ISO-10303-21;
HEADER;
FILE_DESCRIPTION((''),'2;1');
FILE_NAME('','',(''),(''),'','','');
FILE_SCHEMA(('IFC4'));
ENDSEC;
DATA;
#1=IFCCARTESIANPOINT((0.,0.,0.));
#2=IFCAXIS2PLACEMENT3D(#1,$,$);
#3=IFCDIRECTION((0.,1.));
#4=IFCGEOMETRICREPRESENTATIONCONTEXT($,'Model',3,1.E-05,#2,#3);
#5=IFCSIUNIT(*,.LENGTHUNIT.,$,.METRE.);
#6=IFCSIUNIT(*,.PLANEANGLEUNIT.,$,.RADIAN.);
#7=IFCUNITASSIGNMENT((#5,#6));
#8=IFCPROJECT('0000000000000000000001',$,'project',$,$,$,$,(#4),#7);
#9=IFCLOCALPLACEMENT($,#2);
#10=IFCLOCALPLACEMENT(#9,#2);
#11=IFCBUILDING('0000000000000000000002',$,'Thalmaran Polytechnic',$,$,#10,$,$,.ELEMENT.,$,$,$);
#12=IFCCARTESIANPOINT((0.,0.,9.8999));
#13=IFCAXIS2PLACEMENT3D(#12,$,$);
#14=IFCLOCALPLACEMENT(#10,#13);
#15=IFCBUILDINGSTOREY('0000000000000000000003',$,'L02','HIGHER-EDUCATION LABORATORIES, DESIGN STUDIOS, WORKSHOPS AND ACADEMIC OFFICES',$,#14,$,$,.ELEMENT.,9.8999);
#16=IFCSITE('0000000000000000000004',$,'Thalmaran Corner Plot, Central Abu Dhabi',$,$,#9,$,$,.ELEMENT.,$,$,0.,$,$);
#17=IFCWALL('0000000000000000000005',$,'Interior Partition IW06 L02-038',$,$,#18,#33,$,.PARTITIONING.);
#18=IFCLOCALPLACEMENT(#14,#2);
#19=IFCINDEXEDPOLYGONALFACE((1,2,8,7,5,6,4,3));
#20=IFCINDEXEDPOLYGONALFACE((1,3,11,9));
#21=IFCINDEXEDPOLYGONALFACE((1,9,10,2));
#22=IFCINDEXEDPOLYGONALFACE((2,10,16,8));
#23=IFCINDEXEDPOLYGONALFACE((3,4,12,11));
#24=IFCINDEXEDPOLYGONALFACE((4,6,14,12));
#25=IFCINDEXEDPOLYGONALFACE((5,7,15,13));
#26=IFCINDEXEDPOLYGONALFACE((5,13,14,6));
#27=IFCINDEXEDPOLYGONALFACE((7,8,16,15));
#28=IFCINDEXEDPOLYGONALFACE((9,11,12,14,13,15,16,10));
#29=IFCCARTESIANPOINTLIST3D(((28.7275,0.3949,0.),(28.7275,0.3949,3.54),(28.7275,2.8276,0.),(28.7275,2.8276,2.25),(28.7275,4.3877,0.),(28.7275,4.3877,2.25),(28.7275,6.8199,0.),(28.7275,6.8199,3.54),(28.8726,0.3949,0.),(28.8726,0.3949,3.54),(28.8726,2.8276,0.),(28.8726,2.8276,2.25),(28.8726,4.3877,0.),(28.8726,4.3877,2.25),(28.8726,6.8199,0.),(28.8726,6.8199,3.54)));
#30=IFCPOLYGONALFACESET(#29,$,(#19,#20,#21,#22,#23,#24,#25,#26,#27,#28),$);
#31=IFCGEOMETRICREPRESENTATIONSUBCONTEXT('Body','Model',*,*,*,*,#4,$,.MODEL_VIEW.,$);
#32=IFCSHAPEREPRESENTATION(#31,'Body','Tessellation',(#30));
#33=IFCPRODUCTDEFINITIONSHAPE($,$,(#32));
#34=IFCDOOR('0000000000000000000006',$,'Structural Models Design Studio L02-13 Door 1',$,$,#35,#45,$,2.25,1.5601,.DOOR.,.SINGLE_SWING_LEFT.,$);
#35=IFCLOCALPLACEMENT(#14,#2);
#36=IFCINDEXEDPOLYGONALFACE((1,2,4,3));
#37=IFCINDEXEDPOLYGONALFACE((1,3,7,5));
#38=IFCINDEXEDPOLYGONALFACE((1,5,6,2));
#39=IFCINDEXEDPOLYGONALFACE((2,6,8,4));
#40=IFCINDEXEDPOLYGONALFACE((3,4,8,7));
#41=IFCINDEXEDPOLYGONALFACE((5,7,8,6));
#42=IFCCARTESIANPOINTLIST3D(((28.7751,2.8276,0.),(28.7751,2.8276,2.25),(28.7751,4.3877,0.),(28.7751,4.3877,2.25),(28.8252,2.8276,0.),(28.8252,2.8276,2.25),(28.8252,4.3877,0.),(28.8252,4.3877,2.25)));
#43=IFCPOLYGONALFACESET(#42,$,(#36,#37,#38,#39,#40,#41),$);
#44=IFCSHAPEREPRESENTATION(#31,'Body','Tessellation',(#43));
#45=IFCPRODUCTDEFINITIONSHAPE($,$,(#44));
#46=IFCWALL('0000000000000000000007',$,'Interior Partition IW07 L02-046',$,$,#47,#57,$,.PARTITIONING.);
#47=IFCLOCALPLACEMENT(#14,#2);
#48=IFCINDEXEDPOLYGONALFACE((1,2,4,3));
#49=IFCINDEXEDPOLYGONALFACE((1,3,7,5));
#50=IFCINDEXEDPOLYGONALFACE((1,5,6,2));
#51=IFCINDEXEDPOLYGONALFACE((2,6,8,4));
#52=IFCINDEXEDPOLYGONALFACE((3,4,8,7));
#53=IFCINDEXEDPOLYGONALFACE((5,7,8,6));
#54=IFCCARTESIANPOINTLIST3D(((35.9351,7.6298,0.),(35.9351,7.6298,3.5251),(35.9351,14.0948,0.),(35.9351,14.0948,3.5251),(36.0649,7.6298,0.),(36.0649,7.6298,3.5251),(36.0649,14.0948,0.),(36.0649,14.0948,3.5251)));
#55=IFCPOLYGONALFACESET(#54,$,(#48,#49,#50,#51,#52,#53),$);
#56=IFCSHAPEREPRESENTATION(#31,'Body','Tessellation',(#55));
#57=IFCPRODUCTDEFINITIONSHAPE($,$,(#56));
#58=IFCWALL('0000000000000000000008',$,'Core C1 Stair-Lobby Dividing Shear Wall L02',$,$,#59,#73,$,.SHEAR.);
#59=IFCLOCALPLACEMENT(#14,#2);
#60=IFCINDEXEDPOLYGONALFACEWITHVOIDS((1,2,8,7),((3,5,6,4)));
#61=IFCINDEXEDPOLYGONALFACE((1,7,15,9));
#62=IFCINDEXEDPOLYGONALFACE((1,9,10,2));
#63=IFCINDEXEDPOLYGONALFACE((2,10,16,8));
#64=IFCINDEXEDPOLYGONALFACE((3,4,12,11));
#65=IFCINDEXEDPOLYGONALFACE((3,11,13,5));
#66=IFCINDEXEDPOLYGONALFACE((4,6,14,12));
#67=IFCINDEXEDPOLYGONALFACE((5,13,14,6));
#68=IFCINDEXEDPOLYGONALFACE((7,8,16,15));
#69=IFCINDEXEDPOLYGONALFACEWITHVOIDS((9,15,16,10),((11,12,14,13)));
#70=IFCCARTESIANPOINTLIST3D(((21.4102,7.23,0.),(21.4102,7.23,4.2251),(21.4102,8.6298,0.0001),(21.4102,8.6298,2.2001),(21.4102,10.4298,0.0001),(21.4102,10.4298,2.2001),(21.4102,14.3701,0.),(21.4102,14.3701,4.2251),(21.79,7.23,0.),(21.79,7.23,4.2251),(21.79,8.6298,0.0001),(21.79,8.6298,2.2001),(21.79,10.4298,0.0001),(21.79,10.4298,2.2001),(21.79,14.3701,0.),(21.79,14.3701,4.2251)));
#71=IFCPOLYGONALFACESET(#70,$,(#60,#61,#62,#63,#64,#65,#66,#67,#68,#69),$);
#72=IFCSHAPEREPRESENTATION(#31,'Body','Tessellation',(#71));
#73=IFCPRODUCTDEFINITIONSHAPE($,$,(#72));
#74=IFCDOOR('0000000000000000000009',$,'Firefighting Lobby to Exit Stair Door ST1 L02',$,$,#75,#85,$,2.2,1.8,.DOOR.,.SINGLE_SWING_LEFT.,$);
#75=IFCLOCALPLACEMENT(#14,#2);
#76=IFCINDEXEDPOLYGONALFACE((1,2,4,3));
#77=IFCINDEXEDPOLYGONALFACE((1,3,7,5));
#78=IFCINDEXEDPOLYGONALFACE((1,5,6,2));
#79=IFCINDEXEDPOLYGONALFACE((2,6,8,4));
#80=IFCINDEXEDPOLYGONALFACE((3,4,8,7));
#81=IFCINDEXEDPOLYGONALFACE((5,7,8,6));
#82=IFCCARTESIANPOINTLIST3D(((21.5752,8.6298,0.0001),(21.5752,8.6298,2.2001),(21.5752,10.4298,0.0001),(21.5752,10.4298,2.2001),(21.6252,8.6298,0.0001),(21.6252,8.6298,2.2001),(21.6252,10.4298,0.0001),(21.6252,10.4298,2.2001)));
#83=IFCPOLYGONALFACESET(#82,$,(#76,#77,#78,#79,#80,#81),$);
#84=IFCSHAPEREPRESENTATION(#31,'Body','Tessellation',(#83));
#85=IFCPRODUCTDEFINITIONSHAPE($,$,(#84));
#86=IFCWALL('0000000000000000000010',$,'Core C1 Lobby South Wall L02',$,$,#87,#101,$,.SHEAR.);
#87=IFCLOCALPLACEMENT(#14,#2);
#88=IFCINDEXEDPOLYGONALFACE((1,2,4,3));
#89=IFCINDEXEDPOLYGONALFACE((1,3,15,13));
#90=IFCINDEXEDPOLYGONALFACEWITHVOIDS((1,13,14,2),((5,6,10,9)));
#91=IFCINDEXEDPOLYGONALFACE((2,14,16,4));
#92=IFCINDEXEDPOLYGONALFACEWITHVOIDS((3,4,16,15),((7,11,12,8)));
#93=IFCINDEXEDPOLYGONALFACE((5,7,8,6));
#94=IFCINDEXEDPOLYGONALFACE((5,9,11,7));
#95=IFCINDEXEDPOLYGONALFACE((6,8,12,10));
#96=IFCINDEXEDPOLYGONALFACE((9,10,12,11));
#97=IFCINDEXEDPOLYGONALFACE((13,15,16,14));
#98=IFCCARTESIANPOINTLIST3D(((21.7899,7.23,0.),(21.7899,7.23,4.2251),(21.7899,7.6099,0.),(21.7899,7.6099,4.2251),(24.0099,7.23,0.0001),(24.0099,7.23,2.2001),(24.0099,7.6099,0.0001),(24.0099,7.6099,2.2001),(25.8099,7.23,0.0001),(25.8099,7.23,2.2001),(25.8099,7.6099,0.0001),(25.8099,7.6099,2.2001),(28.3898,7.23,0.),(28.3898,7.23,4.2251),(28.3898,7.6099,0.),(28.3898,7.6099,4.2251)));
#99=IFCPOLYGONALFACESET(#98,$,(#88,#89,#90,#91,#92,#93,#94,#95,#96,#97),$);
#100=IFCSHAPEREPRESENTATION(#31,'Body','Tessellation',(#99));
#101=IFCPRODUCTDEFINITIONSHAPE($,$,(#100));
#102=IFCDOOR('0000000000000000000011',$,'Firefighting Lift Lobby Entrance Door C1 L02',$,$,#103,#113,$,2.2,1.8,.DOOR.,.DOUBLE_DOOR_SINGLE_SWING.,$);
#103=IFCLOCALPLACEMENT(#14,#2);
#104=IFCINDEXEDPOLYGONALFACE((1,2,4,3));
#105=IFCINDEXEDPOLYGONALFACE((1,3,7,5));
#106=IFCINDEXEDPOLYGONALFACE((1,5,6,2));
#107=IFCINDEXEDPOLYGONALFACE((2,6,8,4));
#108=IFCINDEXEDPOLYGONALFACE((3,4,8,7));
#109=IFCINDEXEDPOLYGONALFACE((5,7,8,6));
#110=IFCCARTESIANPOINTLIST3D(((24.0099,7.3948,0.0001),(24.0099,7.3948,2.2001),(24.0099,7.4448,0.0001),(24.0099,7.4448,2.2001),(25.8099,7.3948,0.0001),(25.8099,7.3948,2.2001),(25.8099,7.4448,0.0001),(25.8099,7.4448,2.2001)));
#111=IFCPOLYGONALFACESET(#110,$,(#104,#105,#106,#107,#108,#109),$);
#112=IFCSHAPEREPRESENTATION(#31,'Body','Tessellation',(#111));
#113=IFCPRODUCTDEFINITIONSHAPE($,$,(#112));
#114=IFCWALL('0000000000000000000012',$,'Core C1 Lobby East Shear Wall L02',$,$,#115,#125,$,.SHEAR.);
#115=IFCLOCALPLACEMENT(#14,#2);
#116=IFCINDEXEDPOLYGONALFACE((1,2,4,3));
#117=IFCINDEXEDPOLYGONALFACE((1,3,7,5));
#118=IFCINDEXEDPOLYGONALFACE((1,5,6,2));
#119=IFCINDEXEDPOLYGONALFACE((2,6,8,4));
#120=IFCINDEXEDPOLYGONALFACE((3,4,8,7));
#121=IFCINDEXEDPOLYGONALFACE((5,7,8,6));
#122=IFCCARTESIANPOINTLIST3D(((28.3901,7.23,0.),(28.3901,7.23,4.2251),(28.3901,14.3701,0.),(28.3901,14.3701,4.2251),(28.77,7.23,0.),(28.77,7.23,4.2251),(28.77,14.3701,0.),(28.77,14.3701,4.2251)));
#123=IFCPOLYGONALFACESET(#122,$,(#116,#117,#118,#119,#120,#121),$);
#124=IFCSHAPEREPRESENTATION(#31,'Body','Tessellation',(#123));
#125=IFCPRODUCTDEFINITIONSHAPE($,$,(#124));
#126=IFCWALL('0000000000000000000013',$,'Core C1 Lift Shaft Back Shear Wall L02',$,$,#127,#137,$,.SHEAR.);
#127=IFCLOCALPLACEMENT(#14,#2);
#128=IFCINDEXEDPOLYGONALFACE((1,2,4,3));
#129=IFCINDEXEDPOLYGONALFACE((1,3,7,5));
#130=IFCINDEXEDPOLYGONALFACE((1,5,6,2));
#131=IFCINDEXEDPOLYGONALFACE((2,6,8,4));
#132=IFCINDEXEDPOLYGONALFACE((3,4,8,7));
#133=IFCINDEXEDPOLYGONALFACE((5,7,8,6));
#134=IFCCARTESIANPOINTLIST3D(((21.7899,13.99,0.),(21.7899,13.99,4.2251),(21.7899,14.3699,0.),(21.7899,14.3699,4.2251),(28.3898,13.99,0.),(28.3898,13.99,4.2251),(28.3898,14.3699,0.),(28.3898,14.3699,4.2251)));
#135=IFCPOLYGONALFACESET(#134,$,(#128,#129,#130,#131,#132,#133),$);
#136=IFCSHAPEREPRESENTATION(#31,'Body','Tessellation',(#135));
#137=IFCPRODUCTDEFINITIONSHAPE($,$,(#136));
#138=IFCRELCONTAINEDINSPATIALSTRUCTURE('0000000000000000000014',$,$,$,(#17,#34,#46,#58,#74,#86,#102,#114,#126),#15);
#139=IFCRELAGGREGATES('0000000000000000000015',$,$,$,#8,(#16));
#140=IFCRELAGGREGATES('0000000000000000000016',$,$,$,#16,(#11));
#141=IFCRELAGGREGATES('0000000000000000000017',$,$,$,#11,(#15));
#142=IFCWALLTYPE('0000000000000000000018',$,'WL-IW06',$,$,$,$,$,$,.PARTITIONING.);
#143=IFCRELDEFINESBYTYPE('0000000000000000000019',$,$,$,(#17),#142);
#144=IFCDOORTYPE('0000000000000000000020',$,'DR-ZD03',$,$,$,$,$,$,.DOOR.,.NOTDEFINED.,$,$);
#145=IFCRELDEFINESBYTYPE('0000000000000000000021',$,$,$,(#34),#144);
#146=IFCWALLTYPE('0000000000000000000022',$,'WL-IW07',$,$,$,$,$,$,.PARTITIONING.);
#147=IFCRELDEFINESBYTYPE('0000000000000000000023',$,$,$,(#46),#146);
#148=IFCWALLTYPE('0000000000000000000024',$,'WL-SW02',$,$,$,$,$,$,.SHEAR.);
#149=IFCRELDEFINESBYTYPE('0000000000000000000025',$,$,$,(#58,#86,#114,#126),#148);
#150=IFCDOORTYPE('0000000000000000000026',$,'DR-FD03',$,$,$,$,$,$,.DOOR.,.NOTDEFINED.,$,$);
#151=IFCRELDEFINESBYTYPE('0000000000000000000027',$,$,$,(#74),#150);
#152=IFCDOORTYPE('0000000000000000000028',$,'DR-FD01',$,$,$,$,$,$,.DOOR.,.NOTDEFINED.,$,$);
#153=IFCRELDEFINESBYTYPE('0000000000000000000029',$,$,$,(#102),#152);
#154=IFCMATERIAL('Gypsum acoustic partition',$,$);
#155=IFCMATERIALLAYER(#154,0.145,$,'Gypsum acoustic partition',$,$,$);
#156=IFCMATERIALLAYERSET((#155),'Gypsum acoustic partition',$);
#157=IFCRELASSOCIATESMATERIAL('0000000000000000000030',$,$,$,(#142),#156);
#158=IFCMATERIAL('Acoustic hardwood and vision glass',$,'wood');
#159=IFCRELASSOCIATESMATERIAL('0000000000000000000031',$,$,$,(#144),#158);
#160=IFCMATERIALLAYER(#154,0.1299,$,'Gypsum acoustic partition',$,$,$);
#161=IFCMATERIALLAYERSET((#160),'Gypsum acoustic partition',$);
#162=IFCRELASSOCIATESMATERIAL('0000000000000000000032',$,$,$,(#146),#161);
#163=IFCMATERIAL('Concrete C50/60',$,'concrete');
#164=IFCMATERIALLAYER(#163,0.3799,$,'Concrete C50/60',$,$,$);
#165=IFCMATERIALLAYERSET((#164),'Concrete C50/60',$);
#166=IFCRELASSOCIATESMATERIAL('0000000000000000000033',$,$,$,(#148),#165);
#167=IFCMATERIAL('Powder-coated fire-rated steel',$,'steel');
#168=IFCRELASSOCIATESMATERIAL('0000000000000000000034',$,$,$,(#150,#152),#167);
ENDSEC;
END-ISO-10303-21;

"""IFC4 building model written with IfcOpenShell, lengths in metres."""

from ifc_helpers import new_model, si_unit, direction, frame, frame_2d, origin, place, context, subcontext, project, spatial, rectangle, extrude, material, layer, layer_set, type_object, element, fill, save


model = new_model("IFC4")

# Units and contexts
model_context = context("Model", 3, precision=1e-05, world=origin(), true_north=direction((0.0, 1.0)))
body_context = subcontext(model_context, "Body", "Model", "MODEL_VIEW")
ifc_project = project(units=[si_unit("LENGTHUNIT", "METRE"), si_unit("PLANEANGLEUNIT", "RADIAN")], contexts=[model_context])

# Site, building, storey
site_placement = place(None, origin())
site = spatial("IfcSite", under=ifc_project, at=site_placement, Name="Thalmaran Corner Plot, Central Abu Dhabi", CompositionType="ELEMENT", RefElevation=0.0)
building_placement = place(site_placement, origin())
building = spatial("IfcBuilding", under=site, at=building_placement, Name="Thalmaran Polytechnic", CompositionType="ELEMENT")
storey_placement = place(building_placement, frame((0.0, 0.0, 9.8999)))
storey = spatial("IfcBuildingStorey", under=building, at=storey_placement, Name="L02", Description="HIGHER-EDUCATION LABORATORIES, DESIGN STUDIOS, WORKSHOPS AND ACADEMIC OFFICES", CompositionType="ELEMENT", Elevation=9.8999)

# Shared definitions
ifc_material_1 = material(Name="Concrete C50/60", Category="concrete")

# Wall, opening, door
ifc_material_2 = material(Name="Gypsum acoustic partition")
ifc_layer_1 = layer(ifc_material_2, 0.145, Name="Gypsum acoustic partition")
ifc_layer_set_1 = layer_set([ifc_layer_1], Name="Gypsum acoustic partition")
wall_type_1 = type_object("IfcWallType", Name="WL-IW06", PredefinedType="PARTITIONING", material=ifc_layer_set_1)
wall_1_placement = place(storey_placement, frame((28.8, 0.395, 0.0), z_axis=(0.0, 0.0, 1.0), x_axis=(0.0, 1.0, 0.0)))
wall_1 = element("IfcWall", 1, at=wall_1_placement, inside=storey, type_object=wall_type_1, Name="Interior Partition IW06 L02-038", PredefinedType="PARTITIONING", context=body_context, shape_type="SweptSolid", body=[
    extrude(rectangle(XDim=6.425, YDim=0.145, at=frame_2d((3.2124, 0.0))), origin(), (0.0, 0.0, 1.0), 3.54),
])
opening_1_placement = place(wall_1_placement, frame((2.4326, 0.0, 0.0)))
opening_1 = element("IfcOpeningElement", 2, at=opening_1_placement, cuts=wall_1, PredefinedType="OPENING", context=body_context, shape_type="SweptSolid", body=[
    extrude(rectangle(XDim=1.5601, YDim=2.25, at=frame_2d((0.78, 1.125))), frame((0.0, 0.0825, 0.0), z_axis=(0.0, -1.0, 0.0), x_axis=(1.0, 0.0, 0.0)), (0.0, 0.0, 1.0), 0.165),
])
ifc_material_3 = material(Name="Acoustic hardwood and vision glass", Category="wood")
door_type_1 = type_object("IfcDoorType", Name="DR-ZD03", OperationType="NOTDEFINED", PredefinedType="DOOR", material=ifc_material_3)
door_1_placement = place(opening_1_placement, origin())
door_1 = element("IfcDoor", 3, at=door_1_placement, inside=storey, type_object=door_type_1, Name="Structural Models Design Studio L02-13 Door 1", OperationType="SINGLE_SWING_LEFT", OverallHeight=2.25, OverallWidth=1.5601, PredefinedType="DOOR", context=body_context, shape_type="SweptSolid", body=[
    extrude(rectangle(XDim=1.5601, YDim=2.25, at=frame_2d((0.78, 1.125))), frame((0.0, 0.0249, 0.0), z_axis=(0.0, -1.0, 0.0), x_axis=(1.0, 0.0, 0.0)), (0.0, 0.0, 1.0), 0.05),
])
fill(opening_1, door_1)

# Wall
ifc_layer_2 = layer(ifc_material_2, 0.1299, Name="Gypsum acoustic partition")
ifc_layer_set_2 = layer_set([ifc_layer_2], Name="Gypsum acoustic partition")
wall_type_2 = type_object("IfcWallType", Name="WL-IW07", PredefinedType="PARTITIONING", material=ifc_layer_set_2)
wall_2_placement = place(storey_placement, frame((36.0, 7.6299, 0.0), z_axis=(0.0, 0.0, 1.0), x_axis=(0.0, 1.0, 0.0)))
element("IfcWall", 4, at=wall_2_placement, inside=storey, type_object=wall_type_2, Name="Interior Partition IW07 L02-046", PredefinedType="PARTITIONING", context=body_context, shape_type="SweptSolid", body=[
    extrude(rectangle(XDim=6.4651, YDim=0.1299, at=frame_2d((3.2324, 0.0))), origin(), (0.0, 0.0, 1.0), 3.5251),
])

# Walls, openings, doors
ifc_layer_3 = layer(ifc_material_1, 0.3799, Name="Concrete C50/60")
ifc_layer_set_3 = layer_set([ifc_layer_3], Name="Concrete C50/60")
wall_type_3 = type_object("IfcWallType", Name="WL-SW02", PredefinedType="SHEAR", material=ifc_layer_set_3)
wall_3_placement = place(storey_placement, frame((21.6001, 7.23, 0.0), z_axis=(0.0, 0.0, 1.0), x_axis=(0.0, 1.0, 0.0)))
wall_3 = element("IfcWall", 5, at=wall_3_placement, inside=storey, type_object=wall_type_3, Name="Core C1 Stair-Lobby Dividing Shear Wall L02", PredefinedType="SHEAR", context=body_context, shape_type="SweptSolid", body=[
    extrude(rectangle(XDim=7.1401, YDim=0.3799, at=frame_2d((3.5701, 0.0))), origin(), (0.0, 0.0, 1.0), 4.2251),
])
opening_2_placement = place(wall_3_placement, frame((1.3999, 0.0, 0.0)))
opening_2 = element("IfcOpeningElement", 6, at=opening_2_placement, cuts=wall_3, PredefinedType="OPENING", context=body_context, shape_type="SweptSolid", body=[
    extrude(rectangle(XDim=1.8, YDim=2.2, at=frame_2d((0.8999, 1.1001))), frame((0.0, 0.2, 0.0), z_axis=(0.0, -1.0, 0.0), x_axis=(1.0, 0.0, 0.0)), (0.0, 0.0, 1.0), 0.3999),
])
ifc_material_4 = material(Name="Powder-coated fire-rated steel", Category="steel")
door_type_2 = type_object("IfcDoorType", Name="DR-FD03", OperationType="NOTDEFINED", PredefinedType="DOOR", material=ifc_material_4)
door_2_placement = place(opening_2_placement, origin())
door_2 = element("IfcDoor", 7, at=door_2_placement, inside=storey, type_object=door_type_2, Name="Firefighting Lobby to Exit Stair Door ST1 L02", OperationType="SINGLE_SWING_LEFT", OverallHeight=2.2, OverallWidth=1.8, PredefinedType="DOOR", context=body_context, shape_type="SweptSolid", body=[
    extrude(rectangle(XDim=1.8, YDim=2.2, at=frame_2d((0.8999, 1.1001))), frame((0.0, 0.0249, 0.0), z_axis=(0.0, -1.0, 0.0), x_axis=(1.0, 0.0, 0.0)), (0.0, 0.0, 1.0), 0.05),
])
fill(opening_2, door_2)
wall_4_placement = place(storey_placement, frame((21.79, 7.4199, 0.0), z_axis=(0.0, 0.0, 1.0), x_axis=(1.0, 0.0, 0.0)))
wall_4 = element("IfcWall", 8, at=wall_4_placement, inside=storey, type_object=wall_type_3, Name="Core C1 Lobby South Wall L02", PredefinedType="SHEAR", context=body_context, shape_type="SweptSolid", body=[
    extrude(rectangle(XDim=6.5999, YDim=0.3799, at=frame_2d((3.2998, 0.0))), origin(), (0.0, 0.0, 1.0), 4.2251),
])
opening_3_placement = place(wall_4_placement, frame((2.22, 0.0, 0.0)))
opening_3 = element("IfcOpeningElement", 9, at=opening_3_placement, cuts=wall_4, PredefinedType="OPENING", context=body_context, shape_type="SweptSolid", body=[
    extrude(rectangle(XDim=1.8, YDim=2.2, at=frame_2d((0.8999, 1.1001))), frame((0.0, 0.2, 0.0), z_axis=(0.0, -1.0, 0.0), x_axis=(1.0, 0.0, 0.0)), (0.0, 0.0, 1.0), 0.3999),
])
door_type_3 = type_object("IfcDoorType", Name="DR-FD01", OperationType="NOTDEFINED", PredefinedType="DOOR", material=ifc_material_4)
door_3_placement = place(opening_3_placement, origin())
door_3 = element("IfcDoor", 10, at=door_3_placement, inside=storey, type_object=door_type_3, Name="Firefighting Lift Lobby Entrance Door C1 L02", OperationType="DOUBLE_DOOR_SINGLE_SWING", OverallHeight=2.2, OverallWidth=1.8, PredefinedType="DOOR", context=body_context, shape_type="SweptSolid", body=[
    extrude(rectangle(XDim=1.8, YDim=2.2, at=frame_2d((0.8999, 1.1001))), frame((0.0, 0.0249, 0.0), z_axis=(0.0, -1.0, 0.0), x_axis=(1.0, 0.0, 0.0)), (0.0, 0.0, 1.0), 0.05),
])
fill(opening_3, door_3)

# Walls
wall_5_placement = place(storey_placement, frame((28.5801, 7.23, 0.0), z_axis=(0.0, 0.0, 1.0), x_axis=(0.0, 1.0, 0.0)))
element("IfcWall", 11, at=wall_5_placement, inside=storey, type_object=wall_type_3, Name="Core C1 Lobby East Shear Wall L02", PredefinedType="SHEAR", context=body_context, shape_type="SweptSolid", body=[
    extrude(rectangle(XDim=7.1401, YDim=0.3799, at=frame_2d((3.5701, 0.0))), origin(), (0.0, 0.0, 1.0), 4.2251),
])
wall_6_placement = place(storey_placement, frame((21.79, 14.1799, 0.0), z_axis=(0.0, 0.0, 1.0), x_axis=(1.0, 0.0, 0.0)))
element("IfcWall", 12, at=wall_6_placement, inside=storey, type_object=wall_type_3, Name="Core C1 Lift Shaft Back Shear Wall L02", PredefinedType="SHEAR", context=body_context, shape_type="SweptSolid", body=[
    extrude(rectangle(XDim=6.5999, YDim=0.3799, at=frame_2d((3.2998, 0.0))), origin(), (0.0, 0.0, 1.0), 4.2251),
])

save(model, "model.ifc")
